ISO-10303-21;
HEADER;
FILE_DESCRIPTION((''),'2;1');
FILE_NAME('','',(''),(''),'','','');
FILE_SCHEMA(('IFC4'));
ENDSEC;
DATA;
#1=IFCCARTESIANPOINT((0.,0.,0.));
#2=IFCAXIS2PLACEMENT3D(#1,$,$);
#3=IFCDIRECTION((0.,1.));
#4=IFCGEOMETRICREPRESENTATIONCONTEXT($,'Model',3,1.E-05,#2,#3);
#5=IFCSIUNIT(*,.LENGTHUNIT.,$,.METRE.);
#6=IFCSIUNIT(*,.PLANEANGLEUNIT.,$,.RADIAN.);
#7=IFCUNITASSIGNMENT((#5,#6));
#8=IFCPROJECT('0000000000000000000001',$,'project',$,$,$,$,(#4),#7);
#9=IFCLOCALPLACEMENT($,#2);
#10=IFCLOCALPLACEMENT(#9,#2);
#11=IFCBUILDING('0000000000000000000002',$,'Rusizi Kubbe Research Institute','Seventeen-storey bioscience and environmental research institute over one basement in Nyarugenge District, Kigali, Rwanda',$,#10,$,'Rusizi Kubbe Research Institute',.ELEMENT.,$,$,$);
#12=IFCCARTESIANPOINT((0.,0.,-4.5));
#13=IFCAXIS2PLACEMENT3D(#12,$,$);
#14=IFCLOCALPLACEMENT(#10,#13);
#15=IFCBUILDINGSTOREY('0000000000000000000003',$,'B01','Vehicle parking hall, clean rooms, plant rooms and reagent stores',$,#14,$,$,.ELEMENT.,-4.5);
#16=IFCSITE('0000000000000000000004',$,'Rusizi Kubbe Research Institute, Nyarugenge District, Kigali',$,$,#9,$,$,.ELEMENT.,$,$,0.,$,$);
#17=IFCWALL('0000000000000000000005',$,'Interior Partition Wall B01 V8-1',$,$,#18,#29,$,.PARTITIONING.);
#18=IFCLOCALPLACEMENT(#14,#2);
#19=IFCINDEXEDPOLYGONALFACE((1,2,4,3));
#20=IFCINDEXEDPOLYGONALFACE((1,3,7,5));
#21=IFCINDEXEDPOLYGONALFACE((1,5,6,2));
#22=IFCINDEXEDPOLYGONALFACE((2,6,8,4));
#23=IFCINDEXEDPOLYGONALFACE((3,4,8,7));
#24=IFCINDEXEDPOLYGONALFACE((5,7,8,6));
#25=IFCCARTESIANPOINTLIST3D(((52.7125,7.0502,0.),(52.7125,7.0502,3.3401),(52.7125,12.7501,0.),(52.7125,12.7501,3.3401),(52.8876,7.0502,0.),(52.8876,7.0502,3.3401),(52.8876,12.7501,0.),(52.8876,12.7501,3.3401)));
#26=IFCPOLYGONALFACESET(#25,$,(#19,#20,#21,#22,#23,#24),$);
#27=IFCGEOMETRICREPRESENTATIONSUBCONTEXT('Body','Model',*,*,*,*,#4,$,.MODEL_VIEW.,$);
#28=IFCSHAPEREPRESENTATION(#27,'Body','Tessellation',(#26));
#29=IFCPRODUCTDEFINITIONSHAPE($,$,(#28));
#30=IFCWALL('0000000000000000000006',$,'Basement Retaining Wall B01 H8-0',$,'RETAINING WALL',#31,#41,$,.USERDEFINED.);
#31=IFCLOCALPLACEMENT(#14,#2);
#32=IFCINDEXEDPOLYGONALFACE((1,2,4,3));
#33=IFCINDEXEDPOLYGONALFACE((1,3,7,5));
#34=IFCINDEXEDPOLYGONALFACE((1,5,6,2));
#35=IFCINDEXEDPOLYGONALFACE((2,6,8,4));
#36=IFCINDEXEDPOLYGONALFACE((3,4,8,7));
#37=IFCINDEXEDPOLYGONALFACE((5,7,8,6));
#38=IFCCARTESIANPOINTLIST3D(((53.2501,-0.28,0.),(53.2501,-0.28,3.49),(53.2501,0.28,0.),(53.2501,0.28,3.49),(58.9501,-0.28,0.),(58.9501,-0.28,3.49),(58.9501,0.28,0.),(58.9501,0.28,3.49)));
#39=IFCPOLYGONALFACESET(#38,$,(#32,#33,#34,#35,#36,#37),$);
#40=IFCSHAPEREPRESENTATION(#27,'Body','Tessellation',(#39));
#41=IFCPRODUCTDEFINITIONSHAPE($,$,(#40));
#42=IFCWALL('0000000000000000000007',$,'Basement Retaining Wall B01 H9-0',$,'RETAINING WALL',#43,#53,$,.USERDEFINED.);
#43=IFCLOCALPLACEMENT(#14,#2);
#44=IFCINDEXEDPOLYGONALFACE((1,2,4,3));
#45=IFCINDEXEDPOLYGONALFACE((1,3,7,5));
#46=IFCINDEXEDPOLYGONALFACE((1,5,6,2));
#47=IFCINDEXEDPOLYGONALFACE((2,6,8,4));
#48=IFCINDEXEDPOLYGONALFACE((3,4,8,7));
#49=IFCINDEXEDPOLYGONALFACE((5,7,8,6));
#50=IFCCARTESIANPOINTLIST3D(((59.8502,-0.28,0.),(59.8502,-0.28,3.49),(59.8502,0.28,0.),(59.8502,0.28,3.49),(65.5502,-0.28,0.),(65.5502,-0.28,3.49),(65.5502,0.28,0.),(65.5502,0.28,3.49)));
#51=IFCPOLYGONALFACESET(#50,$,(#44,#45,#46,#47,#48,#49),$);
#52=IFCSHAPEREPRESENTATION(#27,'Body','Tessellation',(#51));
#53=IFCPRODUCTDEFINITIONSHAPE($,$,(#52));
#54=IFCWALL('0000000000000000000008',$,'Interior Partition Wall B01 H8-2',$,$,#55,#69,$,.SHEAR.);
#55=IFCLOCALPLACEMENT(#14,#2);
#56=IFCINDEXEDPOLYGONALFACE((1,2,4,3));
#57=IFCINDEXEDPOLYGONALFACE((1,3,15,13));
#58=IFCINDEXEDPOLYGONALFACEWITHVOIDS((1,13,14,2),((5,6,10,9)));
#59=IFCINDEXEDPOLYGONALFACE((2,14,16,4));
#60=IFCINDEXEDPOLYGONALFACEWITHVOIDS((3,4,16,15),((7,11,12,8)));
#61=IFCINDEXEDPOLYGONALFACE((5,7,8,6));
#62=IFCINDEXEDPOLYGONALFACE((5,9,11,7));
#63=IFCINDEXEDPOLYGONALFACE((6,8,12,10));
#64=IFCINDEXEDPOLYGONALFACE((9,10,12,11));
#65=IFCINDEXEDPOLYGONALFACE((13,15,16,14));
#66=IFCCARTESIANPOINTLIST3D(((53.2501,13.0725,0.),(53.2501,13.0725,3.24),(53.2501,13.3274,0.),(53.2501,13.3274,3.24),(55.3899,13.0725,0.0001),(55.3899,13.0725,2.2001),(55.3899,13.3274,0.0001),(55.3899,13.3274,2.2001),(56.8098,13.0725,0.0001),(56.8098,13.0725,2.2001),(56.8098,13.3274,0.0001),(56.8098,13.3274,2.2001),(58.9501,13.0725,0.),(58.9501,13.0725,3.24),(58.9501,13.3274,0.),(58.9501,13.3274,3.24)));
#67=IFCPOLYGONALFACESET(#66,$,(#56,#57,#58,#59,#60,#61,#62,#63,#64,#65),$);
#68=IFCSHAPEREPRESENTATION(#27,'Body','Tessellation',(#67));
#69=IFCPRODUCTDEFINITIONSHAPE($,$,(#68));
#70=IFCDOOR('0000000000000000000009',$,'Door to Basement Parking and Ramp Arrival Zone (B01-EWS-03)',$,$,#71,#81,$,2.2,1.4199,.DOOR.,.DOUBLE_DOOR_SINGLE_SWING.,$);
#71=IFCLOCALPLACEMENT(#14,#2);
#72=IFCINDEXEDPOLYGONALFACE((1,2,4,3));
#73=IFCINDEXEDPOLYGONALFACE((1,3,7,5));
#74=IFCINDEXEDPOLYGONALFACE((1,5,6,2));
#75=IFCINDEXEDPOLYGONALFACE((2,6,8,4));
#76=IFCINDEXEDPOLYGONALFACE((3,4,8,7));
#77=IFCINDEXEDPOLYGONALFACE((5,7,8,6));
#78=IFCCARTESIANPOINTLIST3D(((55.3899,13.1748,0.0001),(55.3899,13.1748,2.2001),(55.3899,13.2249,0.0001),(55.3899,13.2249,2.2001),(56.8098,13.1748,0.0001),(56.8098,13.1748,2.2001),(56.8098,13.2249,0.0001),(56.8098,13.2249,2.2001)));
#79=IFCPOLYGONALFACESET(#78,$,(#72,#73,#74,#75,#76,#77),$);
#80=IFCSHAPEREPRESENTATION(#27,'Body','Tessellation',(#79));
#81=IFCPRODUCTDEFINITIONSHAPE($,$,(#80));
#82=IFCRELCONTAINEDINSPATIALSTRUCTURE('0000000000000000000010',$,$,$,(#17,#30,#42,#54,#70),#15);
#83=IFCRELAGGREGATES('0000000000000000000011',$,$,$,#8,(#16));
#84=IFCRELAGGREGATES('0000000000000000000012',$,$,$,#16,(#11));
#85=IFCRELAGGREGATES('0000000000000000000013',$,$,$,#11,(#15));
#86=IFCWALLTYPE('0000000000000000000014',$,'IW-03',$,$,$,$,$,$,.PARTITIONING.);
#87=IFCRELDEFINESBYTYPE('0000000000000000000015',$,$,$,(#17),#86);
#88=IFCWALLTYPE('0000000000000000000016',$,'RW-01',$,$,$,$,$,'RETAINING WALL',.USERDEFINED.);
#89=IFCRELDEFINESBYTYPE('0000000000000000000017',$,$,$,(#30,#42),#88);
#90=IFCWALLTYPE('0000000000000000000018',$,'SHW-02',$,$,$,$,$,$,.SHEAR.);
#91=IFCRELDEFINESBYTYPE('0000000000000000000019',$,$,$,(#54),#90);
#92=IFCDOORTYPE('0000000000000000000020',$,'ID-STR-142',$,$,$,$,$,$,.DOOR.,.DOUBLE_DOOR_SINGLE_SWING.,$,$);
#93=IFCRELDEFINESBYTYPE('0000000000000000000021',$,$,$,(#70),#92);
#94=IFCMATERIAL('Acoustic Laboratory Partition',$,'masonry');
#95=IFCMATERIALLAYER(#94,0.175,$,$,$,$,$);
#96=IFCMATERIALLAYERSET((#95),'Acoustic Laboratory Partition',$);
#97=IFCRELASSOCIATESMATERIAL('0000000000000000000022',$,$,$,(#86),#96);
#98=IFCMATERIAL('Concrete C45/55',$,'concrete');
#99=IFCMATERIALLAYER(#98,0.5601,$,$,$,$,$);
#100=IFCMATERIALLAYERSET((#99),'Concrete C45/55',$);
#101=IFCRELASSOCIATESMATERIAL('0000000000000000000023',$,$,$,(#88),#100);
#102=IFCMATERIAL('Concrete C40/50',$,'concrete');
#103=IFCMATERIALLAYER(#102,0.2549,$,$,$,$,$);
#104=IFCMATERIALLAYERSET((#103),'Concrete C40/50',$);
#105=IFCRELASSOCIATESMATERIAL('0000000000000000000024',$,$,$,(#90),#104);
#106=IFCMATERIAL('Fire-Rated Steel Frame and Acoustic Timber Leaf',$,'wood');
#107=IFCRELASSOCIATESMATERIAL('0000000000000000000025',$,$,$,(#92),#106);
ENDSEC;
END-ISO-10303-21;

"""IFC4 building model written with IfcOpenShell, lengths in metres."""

from ifc_helpers import new_model, si_unit, direction, frame, frame_2d, origin, place, context, subcontext, project, spatial, rectangle, extrude, material, layer, layer_set, type_object, element, fill, save


model = new_model("IFC4")

# Units and contexts
model_context = context("Model", 3, precision=1e-05, world=origin(), true_north=direction((0.0, 1.0)))
body_context = subcontext(model_context, "Body", "Model", "MODEL_VIEW")
ifc_project = project(units=[si_unit("LENGTHUNIT", "METRE"), si_unit("PLANEANGLEUNIT", "RADIAN")], contexts=[model_context])

# Site, building, storey
site_placement = place(None, origin())
site = spatial("IfcSite", under=ifc_project, at=site_placement, Name="Rusizi Kubbe Research Institute, Nyarugenge District, Kigali", CompositionType="ELEMENT", RefElevation=0.0)
building_placement = place(site_placement, origin())
building = spatial("IfcBuilding", under=site, at=building_placement, Name="Rusizi Kubbe Research Institute", Description="Seventeen-storey bioscience and environmental research institute over one basement in Nyarugenge District, Kigali, Rwanda", LongName="Rusizi Kubbe Research Institute", CompositionType="ELEMENT")
storey_placement = place(building_placement, frame((0.0, 0.0, -4.5)))
storey = spatial("IfcBuildingStorey", under=building, at=storey_placement, Name="B01", Description="Vehicle parking hall, clean rooms, plant rooms and reagent stores", CompositionType="ELEMENT", Elevation=-4.5)

# Walls
ifc_material_1 = material(Name="Acoustic Laboratory Partition", Category="masonry")
ifc_layer_1 = layer(ifc_material_1, 0.175)
ifc_layer_set_1 = layer_set([ifc_layer_1], Name="Acoustic Laboratory Partition")
wall_type_1 = type_object("IfcWallType", Name="IW-03", PredefinedType="PARTITIONING", material=ifc_layer_set_1)
wall_1_placement = place(storey_placement, frame((52.8, 7.05, 0.0), z_axis=(0.0, 0.0, 1.0), x_axis=(0.0, 1.0, 0.0)))
element("IfcWall", 1, at=wall_1_placement, inside=storey, type_object=wall_type_1, Name="Interior Partition Wall B01 V8-1", PredefinedType="PARTITIONING", context=body_context, shape_type="SweptSolid", body=[
    extrude(rectangle(XDim=5.7, YDim=0.175, at=frame_2d((2.8501, 0.0))), origin(), (0.0, 0.0, 1.0), 3.3401),
])
ifc_material_2 = material(Name="Concrete C45/55", Category="concrete")
ifc_layer_2 = layer(ifc_material_2, 0.5601)
ifc_layer_set_2 = layer_set([ifc_layer_2], Name="Concrete C45/55")
wall_type_2 = type_object("IfcWallType", Name="RW-01", ElementType="RETAINING WALL", PredefinedType="USERDEFINED", material=ifc_layer_set_2)
for number, where, z_axis, x_axis, name in (
    (2, (53.25, 0.0, 0.0), (0.0, 0.0, 1.0), (1.0, 0.0, 0.0), "Basement Retaining Wall B01 H8-0"),
    (3, (59.8501, 0.0, 0.0), (0.0, 0.0, 1.0), (1.0, 0.0, 0.0), "Basement Retaining Wall B01 H9-0"),
):
    element("IfcWall", number, at=place(storey_placement, frame(where, z_axis=z_axis, x_axis=x_axis)), inside=storey, type_object=wall_type_2, Name=name, ObjectType="RETAINING WALL", PredefinedType="USERDEFINED", context=body_context, shape_type="SweptSolid", body=[
        extrude(rectangle(XDim=5.7, YDim=0.5601, at=frame_2d((2.8501, 0.0))), origin(), (0.0, 0.0, 1.0), 3.49),
    ])

# Wall, opening, door
ifc_material_3 = material(Name="Concrete C40/50", Category="concrete")
ifc_layer_3 = layer(ifc_material_3, 0.2549)
ifc_layer_set_3 = layer_set([ifc_layer_3], Name="Concrete C40/50")
wall_type_3 = type_object("IfcWallType", Name="SHW-02", PredefinedType="SHEAR", material=ifc_layer_set_3)
wall_2_placement = place(storey_placement, frame((53.25, 13.2, 0.0), z_axis=(0.0, 0.0, 1.0), x_axis=(1.0, 0.0, 0.0)))
wall_2 = element("IfcWall", 4, at=wall_2_placement, inside=storey, type_object=wall_type_3, Name="Interior Partition Wall B01 H8-2", PredefinedType="SHEAR", context=body_context, shape_type="SweptSolid", body=[
    extrude(rectangle(XDim=5.7, YDim=0.2549, at=frame_2d((2.8501, 0.0))), origin(), (0.0, 0.0, 1.0), 3.24),
])
opening_placement = place(wall_2_placement, frame((2.1399, 0.0, 0.0)))
opening = element("IfcOpeningElement", 5, at=opening_placement, cuts=wall_2, PredefinedType="OPENING", context=body_context, shape_type="SweptSolid", body=[
    extrude(rectangle(XDim=1.4199, YDim=2.2, at=frame_2d((0.71, 1.1001))), frame((0.0, 0.1375, 0.0), z_axis=(0.0, -1.0, 0.0), x_axis=(1.0, 0.0, 0.0)), (0.0, 0.0, 1.0), 0.2749),
])
ifc_material_4 = material(Name="Fire-Rated Steel Frame and Acoustic Timber Leaf", Category="wood")
door_type = type_object("IfcDoorType", Name="ID-STR-142", OperationType="DOUBLE_DOOR_SINGLE_SWING", PredefinedType="DOOR", material=ifc_material_4)
door_placement = place(opening_placement, origin())
door = element("IfcDoor", 6, at=door_placement, inside=storey, type_object=door_type, Name="Door to Basement Parking and Ramp Arrival Zone (B01-EWS-03)", OperationType="DOUBLE_DOOR_SINGLE_SWING", OverallHeight=2.2, OverallWidth=1.4199, PredefinedType="DOOR", context=body_context, shape_type="SweptSolid", body=[
    extrude(rectangle(XDim=1.4199, YDim=2.2, at=frame_2d((0.71, 1.1001))), frame((0.0, 0.0249, 0.0), z_axis=(0.0, -1.0, 0.0), x_axis=(1.0, 0.0, 0.0)), (0.0, 0.0, 1.0), 0.05),
])
fill(opening, door)

save(model, "model.ifc")
